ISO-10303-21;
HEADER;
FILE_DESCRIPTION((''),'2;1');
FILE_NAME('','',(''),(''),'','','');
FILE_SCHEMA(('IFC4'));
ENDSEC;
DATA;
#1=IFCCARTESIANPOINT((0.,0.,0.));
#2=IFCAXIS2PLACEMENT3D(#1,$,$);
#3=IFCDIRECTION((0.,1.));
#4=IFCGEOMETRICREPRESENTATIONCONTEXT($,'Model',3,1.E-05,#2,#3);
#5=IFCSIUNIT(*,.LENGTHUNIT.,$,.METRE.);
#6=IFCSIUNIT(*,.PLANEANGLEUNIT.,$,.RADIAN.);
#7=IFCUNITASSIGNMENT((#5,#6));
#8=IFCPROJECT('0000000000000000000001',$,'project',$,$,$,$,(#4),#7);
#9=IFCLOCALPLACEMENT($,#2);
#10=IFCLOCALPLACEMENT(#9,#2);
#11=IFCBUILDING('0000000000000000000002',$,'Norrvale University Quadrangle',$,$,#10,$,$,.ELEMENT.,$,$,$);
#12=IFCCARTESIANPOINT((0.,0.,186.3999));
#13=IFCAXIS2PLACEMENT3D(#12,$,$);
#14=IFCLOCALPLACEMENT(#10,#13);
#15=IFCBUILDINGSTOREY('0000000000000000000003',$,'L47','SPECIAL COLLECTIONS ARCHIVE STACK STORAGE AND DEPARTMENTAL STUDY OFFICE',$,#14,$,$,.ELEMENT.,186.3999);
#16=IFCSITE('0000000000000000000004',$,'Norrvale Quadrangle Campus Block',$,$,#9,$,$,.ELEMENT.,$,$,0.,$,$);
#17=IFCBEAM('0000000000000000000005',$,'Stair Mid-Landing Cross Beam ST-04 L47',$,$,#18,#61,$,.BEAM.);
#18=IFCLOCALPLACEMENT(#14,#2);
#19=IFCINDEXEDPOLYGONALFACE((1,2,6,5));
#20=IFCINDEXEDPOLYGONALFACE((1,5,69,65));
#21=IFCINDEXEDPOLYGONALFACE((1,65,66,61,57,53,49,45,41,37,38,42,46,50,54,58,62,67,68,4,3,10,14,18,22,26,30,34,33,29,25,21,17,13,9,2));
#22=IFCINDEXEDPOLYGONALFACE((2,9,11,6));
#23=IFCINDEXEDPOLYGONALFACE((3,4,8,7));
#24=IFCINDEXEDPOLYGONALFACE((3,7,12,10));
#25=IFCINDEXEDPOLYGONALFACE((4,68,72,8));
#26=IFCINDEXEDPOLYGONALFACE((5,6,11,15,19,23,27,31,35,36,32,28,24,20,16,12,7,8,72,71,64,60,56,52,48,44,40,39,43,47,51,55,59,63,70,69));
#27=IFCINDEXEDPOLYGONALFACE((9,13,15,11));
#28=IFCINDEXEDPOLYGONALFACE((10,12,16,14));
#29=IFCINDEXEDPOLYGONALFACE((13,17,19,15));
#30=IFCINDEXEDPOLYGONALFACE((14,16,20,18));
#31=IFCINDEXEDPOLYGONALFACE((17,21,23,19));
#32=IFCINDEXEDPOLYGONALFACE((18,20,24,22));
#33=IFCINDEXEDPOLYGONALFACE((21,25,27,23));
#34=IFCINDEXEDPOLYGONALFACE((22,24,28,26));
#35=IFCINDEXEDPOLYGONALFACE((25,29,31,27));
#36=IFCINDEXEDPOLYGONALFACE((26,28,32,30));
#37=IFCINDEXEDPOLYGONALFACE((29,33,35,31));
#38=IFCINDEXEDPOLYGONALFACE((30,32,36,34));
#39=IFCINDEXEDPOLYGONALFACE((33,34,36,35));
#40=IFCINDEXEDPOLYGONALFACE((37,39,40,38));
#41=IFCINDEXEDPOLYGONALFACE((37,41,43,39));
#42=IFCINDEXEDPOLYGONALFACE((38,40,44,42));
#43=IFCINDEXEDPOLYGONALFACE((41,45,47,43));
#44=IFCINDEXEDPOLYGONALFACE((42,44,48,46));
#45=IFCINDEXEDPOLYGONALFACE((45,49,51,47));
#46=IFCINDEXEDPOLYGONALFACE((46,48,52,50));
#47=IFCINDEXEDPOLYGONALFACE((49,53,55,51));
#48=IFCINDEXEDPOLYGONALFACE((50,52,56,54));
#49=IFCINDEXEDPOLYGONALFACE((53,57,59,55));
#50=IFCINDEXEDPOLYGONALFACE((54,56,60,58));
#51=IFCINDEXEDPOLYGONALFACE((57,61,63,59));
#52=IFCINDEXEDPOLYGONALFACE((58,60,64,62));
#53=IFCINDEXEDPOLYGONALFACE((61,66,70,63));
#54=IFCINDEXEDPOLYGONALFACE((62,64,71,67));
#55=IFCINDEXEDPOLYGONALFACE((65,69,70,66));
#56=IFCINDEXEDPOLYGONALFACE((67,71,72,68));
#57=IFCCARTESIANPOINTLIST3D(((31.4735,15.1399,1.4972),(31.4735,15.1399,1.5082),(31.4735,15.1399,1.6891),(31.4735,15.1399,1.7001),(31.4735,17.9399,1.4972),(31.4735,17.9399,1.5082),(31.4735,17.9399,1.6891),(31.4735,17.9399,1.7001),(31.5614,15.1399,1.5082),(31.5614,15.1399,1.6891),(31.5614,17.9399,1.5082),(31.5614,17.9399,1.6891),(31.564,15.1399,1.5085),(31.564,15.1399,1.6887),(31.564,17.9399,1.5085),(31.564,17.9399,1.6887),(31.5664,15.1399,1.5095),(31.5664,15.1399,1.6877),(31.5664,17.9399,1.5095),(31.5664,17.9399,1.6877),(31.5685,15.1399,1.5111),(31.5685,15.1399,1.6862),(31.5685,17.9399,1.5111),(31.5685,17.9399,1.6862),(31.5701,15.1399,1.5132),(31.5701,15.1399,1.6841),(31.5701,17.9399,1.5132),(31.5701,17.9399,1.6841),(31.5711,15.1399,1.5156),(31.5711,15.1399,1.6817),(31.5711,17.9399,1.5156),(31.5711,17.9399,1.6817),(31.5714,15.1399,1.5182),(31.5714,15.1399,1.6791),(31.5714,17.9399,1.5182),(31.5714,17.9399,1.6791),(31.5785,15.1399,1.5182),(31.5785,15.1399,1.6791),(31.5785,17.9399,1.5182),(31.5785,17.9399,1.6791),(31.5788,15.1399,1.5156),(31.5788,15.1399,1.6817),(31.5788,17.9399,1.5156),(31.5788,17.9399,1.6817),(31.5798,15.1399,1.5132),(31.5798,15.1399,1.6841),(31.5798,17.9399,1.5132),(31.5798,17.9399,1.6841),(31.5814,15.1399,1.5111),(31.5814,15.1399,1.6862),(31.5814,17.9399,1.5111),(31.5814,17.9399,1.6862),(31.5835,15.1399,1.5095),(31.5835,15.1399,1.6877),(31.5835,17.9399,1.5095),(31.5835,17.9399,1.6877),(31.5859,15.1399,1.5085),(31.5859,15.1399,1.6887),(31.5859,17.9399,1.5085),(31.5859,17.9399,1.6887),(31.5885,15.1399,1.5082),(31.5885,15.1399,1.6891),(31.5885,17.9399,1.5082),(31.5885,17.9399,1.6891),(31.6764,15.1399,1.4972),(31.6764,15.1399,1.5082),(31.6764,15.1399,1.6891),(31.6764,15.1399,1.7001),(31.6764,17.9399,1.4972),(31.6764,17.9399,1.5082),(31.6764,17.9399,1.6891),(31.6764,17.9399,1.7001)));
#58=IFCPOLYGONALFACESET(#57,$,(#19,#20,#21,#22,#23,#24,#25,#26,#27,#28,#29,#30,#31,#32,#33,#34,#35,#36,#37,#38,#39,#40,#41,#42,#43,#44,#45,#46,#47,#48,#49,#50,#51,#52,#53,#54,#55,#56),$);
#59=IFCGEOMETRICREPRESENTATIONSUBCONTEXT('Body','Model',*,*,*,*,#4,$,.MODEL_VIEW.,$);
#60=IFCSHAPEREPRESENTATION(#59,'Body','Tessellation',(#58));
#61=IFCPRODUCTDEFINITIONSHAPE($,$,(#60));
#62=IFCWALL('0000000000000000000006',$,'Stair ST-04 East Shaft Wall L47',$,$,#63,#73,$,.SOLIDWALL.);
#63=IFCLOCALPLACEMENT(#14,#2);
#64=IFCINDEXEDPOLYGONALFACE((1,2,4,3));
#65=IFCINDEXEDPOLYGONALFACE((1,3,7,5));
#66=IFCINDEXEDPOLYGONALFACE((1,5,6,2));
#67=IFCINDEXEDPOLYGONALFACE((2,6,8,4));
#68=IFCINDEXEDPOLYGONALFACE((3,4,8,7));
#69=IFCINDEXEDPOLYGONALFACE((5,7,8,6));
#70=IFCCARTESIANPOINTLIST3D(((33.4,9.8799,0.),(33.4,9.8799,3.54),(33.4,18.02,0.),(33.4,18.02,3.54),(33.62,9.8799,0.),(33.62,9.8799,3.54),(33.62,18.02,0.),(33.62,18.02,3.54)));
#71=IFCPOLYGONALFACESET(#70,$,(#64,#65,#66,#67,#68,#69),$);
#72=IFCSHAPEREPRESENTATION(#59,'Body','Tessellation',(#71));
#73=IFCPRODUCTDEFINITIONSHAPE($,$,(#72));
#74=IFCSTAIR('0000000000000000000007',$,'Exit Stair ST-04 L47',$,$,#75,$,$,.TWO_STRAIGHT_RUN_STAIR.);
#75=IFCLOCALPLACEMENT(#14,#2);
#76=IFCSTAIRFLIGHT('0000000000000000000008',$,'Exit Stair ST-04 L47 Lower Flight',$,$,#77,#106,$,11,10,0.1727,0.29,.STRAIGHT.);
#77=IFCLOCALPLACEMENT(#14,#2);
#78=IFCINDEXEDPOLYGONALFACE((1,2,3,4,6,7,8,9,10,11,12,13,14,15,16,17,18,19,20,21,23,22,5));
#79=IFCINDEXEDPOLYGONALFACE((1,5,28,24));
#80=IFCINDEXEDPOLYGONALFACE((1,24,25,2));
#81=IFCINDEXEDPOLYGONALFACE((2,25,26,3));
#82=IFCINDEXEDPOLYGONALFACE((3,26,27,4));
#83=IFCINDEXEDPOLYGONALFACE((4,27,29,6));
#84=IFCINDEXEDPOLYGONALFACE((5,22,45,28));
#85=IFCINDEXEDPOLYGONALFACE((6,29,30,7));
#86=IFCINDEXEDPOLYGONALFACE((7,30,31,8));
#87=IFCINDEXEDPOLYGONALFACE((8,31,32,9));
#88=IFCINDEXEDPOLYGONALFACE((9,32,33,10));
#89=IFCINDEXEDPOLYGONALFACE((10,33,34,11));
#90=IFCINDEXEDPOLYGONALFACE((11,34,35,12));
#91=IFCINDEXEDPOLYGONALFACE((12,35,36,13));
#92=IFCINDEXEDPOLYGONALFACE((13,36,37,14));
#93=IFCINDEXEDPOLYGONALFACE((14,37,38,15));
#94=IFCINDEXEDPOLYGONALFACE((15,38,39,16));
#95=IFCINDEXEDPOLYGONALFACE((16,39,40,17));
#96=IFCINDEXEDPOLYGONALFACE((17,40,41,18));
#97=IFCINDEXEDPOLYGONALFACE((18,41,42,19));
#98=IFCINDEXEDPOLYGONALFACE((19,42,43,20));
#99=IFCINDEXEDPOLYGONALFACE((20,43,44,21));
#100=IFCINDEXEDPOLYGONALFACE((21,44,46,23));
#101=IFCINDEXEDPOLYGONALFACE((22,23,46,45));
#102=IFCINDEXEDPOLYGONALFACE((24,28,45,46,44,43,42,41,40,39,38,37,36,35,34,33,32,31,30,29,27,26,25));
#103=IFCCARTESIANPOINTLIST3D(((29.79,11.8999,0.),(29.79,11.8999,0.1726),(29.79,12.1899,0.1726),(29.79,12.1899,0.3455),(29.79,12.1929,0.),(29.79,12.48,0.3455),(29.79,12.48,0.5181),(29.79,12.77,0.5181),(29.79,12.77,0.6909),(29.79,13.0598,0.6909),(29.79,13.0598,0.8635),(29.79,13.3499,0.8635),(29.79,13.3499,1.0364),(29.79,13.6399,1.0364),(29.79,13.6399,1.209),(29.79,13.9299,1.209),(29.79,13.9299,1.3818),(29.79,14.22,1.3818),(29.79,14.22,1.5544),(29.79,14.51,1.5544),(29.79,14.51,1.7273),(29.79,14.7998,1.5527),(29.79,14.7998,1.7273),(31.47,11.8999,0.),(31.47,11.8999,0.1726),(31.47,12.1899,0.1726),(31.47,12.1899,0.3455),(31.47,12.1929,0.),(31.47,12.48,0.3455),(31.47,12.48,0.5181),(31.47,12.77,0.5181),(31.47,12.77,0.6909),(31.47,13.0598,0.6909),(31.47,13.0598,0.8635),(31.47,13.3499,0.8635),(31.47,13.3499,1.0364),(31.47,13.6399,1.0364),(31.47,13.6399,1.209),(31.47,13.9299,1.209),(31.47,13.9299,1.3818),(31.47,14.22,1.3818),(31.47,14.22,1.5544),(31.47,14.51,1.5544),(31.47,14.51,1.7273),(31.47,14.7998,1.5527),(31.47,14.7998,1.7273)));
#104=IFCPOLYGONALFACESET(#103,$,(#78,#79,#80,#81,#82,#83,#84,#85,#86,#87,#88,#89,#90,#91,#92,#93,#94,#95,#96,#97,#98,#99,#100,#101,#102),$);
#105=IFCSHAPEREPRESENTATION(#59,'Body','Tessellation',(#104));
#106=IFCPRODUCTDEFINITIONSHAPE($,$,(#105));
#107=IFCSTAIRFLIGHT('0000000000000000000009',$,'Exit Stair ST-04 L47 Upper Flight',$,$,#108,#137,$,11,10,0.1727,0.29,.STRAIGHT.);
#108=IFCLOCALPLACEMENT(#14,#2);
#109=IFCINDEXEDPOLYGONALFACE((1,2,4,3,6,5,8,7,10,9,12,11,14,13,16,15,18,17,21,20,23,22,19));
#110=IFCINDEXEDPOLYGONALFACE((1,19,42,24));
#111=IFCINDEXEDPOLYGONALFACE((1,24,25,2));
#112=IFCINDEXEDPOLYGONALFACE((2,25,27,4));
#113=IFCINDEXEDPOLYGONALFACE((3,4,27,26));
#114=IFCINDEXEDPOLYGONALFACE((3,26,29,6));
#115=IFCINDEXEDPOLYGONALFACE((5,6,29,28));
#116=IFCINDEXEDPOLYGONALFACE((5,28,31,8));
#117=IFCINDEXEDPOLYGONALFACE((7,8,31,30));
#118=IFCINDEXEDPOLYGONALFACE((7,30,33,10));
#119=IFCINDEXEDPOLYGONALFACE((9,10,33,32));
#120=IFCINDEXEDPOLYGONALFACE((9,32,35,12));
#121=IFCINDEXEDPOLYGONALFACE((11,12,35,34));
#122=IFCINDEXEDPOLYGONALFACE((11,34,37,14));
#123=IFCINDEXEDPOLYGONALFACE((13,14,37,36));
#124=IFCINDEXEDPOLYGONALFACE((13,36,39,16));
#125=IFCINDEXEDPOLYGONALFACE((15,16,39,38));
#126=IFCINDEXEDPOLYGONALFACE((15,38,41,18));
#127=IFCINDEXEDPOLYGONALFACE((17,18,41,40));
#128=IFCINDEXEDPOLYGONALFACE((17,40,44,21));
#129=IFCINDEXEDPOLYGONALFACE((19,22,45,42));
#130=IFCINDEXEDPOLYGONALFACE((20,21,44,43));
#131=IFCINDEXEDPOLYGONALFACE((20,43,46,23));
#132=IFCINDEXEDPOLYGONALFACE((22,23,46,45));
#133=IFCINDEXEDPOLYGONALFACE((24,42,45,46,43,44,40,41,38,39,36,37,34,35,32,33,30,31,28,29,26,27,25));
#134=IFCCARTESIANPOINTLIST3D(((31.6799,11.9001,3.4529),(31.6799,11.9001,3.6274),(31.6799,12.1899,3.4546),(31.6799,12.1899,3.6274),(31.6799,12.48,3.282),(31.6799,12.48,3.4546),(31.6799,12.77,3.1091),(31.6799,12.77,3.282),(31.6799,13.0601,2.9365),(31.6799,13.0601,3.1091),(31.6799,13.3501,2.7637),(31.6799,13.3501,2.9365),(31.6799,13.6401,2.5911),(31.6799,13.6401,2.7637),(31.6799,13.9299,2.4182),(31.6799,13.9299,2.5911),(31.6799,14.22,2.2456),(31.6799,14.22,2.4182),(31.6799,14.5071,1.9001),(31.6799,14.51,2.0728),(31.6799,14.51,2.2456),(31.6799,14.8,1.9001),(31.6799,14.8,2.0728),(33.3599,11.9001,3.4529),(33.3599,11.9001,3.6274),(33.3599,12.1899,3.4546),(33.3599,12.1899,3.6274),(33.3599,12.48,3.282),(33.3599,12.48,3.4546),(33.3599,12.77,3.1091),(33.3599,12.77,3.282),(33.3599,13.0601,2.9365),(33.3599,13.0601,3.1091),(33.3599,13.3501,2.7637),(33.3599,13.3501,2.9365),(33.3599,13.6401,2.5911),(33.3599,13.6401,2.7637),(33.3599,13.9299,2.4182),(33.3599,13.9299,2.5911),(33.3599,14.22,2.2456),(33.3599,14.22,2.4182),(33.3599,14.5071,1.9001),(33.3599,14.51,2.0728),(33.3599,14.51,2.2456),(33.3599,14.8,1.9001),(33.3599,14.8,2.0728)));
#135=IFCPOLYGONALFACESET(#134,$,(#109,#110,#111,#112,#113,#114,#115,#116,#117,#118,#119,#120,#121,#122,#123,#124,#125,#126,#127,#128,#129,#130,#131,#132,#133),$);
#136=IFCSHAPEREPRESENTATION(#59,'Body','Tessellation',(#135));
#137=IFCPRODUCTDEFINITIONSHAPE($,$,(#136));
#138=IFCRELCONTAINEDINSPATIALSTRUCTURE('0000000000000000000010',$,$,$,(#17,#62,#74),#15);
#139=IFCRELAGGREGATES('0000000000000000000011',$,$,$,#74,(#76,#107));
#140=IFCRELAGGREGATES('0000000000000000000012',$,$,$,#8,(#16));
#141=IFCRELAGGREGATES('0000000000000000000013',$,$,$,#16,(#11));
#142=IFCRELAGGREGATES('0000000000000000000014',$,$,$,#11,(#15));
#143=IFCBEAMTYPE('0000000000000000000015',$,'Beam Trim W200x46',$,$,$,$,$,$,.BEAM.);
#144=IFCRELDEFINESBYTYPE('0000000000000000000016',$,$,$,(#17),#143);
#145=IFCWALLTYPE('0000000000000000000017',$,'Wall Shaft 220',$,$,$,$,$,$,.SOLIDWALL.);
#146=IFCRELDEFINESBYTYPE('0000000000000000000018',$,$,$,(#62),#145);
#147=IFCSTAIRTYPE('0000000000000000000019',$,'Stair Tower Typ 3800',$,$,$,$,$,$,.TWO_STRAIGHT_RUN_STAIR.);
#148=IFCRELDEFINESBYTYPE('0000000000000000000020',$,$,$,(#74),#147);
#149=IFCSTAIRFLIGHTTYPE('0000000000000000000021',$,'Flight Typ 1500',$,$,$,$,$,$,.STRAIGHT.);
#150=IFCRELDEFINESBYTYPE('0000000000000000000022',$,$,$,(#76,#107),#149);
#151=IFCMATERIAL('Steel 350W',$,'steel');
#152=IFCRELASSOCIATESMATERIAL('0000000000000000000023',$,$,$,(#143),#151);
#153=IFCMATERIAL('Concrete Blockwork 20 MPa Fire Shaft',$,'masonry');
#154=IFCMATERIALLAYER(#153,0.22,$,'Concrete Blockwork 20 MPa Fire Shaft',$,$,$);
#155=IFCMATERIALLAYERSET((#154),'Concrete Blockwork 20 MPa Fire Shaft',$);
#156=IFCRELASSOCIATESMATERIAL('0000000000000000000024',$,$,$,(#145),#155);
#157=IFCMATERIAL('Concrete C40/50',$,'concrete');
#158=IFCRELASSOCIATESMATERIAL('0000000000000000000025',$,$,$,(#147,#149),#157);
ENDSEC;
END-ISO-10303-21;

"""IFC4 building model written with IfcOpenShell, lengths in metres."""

from ifc_helpers import new_model, si_unit, direction, frame, frame_2d, origin, origin_2d, place, context, subcontext, project, spatial, polyline, rectangle, i_section, outline, extrude, material, layer, layer_set, material_profile, profile_set, type_object, element, aggregate, save


model = new_model("IFC4")

# Units and contexts
model_context = context("Model", 3, precision=1e-05, world=origin(), true_north=direction((0.0, 1.0)))
body_context = subcontext(model_context, "Body", "Model", "MODEL_VIEW")
ifc_project = project(units=[si_unit("LENGTHUNIT", "METRE"), si_unit("PLANEANGLEUNIT", "RADIAN")], contexts=[model_context])

# Site, building, storey
site_placement = place(None, origin())
site = spatial("IfcSite", under=ifc_project, at=site_placement, Name="Norrvale Quadrangle Campus Block", CompositionType="ELEMENT", RefElevation=0.0)
building_placement = place(site_placement, origin())
building = spatial("IfcBuilding", under=site, at=building_placement, Name="Norrvale University Quadrangle", CompositionType="ELEMENT")
storey_placement = place(building_placement, frame((0.0, 0.0, 186.3999)))
storey = spatial("IfcBuildingStorey", under=building, at=storey_placement, Name="L47", Description="SPECIAL COLLECTIONS ARCHIVE STACK STORAGE AND DEPARTMENTAL STUDY OFFICE", CompositionType="ELEMENT", Elevation=186.3999)

# Beam
ifc_material_1 = material(Name="Steel 350W", Category="steel")
ifc_material_profile_1 = material_profile(ifc_material_1, i_section(OverallWidth=0.2029, OverallDepth=0.2029, WebThickness=0.0071, FlangeThickness=0.011, FilletRadius=0.01, at=origin_2d()), Name="Steel 350W")
ifc_profile_set_1 = profile_set([ifc_material_profile_1], Name="Steel 350W")
beam_type_1 = type_object("IfcBeamType", Name="Beam Trim W200x46", PredefinedType="BEAM", material=ifc_profile_set_1)
beam_1_placement = place(storey_placement, frame((31.575, 15.1399, 1.5986), z_axis=(0.0, 1.0, 0.0), x_axis=(-1.0, 0.0, 0.0)))
element("IfcBeam", 1, at=beam_1_placement, inside=storey, type_object=beam_type_1, Name="Stair Mid-Landing Cross Beam ST-04 L47", PredefinedType="BEAM", context=body_context, shape_type="SweptSolid", body=[
    extrude(i_section(OverallWidth=0.2029, OverallDepth=0.2029, WebThickness=0.0071, FlangeThickness=0.011, FilletRadius=0.01, at=origin_2d()), origin(), (0.0, 0.0, 1.0), 2.8),
])

# Wall
ifc_material_2 = material(Name="Concrete Blockwork 20 MPa Fire Shaft", Category="masonry")
ifc_layer = layer(ifc_material_2, 0.22, Name="Concrete Blockwork 20 MPa Fire Shaft")
ifc_layer_set = layer_set([ifc_layer], Name="Concrete Blockwork 20 MPa Fire Shaft")
wall_type = type_object("IfcWallType", Name="Wall Shaft 220", PredefinedType="SOLIDWALL", material=ifc_layer_set)
wall_placement = place(storey_placement, frame((33.51, 9.8799, 0.0), z_axis=(0.0, 0.0, 1.0), x_axis=(0.0, 1.0, 0.0)))
element("IfcWall", 2, at=wall_placement, inside=storey, type_object=wall_type, Name="Stair ST-04 East Shaft Wall L47", PredefinedType="SOLIDWALL", context=body_context, shape_type="SweptSolid", body=[
    extrude(rectangle(XDim=8.1401, YDim=0.22, at=frame_2d((4.0701, 0.0))), origin(), (0.0, 0.0, 1.0), 3.54),
])

# Stair, stair flights
ifc_material_3 = material(Name="Concrete C40/50", Category="concrete")
stair_type = type_object("IfcStairType", Name="Stair Tower Typ 3800", PredefinedType="TWO_STRAIGHT_RUN_STAIR", material=ifc_material_3)
stair_placement = place(storey_placement, origin())
stair = element("IfcStair", 3, at=stair_placement, inside=storey, type_object=stair_type, Name="Exit Stair ST-04 L47", PredefinedType="TWO_STRAIGHT_RUN_STAIR")
stair_flight_type = type_object("IfcStairFlightType", Name="Flight Typ 1500", PredefinedType="STRAIGHT", material=ifc_material_3)
stair_flight_1_placement = place(storey_placement, frame((30.6299, 11.8999, 0.0), z_axis=(0.0, 0.0, 1.0), x_axis=(0.0, 1.0, 0.0)))
stair_flight_1 = element("IfcStairFlight", 4, at=stair_flight_1_placement, type_object=stair_flight_type, Name="Exit Stair ST-04 L47 Lower Flight", NumberOfRisers=11, NumberOfTreads=10, PredefinedType="STRAIGHT", RiserHeight=0.1727, TreadLength=0.29, context=body_context, shape_type="SweptSolid", body=[
    extrude(outline(polyline([(0.0, 0.0), (0.0, 0.1726), (0.29, 0.1726), (0.29, 0.3455), (0.5801, 0.3455), (0.5801, 0.5181), (0.8701, 0.5181), (0.8701, 0.6909), (1.1599, 0.6909), (1.1599, 0.8635), (1.45, 0.8635), (1.45, 1.0364), (1.74, 1.0364), (1.74, 1.209), (2.03, 1.209), (2.03, 1.3818), (2.3201, 1.3818), (2.3201, 1.5544), (2.6101, 1.5544), (2.6101, 1.7273), (2.8999, 1.7273), (2.8999, 1.8999), (2.8999, 1.5527), (0.293, 0.0), (0.0, 0.0)])), frame((0.0, 0.8398, 0.0), z_axis=(0.0, -1.0, 0.0), x_axis=(1.0, 0.0, 0.0)), (0.0, 0.0, 1.0), 1.6799),
])
stair_flight_2_placement = place(storey_placement, frame((32.52, 14.8, 1.9001), z_axis=(0.0, 0.0, 1.0), x_axis=(0.0, -1.0, 0.0)))
stair_flight_2 = element("IfcStairFlight", 5, at=stair_flight_2_placement, type_object=stair_flight_type, Name="Exit Stair ST-04 L47 Upper Flight", NumberOfRisers=11, NumberOfTreads=10, PredefinedType="STRAIGHT", RiserHeight=0.1727, TreadLength=0.29, context=body_context, shape_type="SweptSolid", body=[
    extrude(outline(polyline([(0.0, 0.0), (0.0, 0.1726), (0.29, 0.1726), (0.29, 0.3455), (0.5801, 0.3455), (0.5801, 0.5181), (0.8701, 0.5181), (0.8701, 0.6909), (1.1599, 0.6909), (1.1599, 0.8635), (1.45, 0.8635), (1.45, 1.0364), (1.74, 1.0364), (1.74, 1.209), (2.03, 1.209), (2.03, 1.3818), (2.3201, 1.3818), (2.3201, 1.5544), (2.6101, 1.5544), (2.6101, 1.7273), (2.8999, 1.7273), (2.8999, 1.8999), (2.8999, 1.5527), (0.293, 0.0), (0.0, 0.0)])), frame((0.0, 0.8398, 0.0), z_axis=(0.0, -1.0, 0.0), x_axis=(1.0, 0.0, 0.0)), (0.0, 0.0, 1.0), 1.6799),
])
aggregate(stair, [stair_flight_1, stair_flight_2])

save(model, "model.ifc")
